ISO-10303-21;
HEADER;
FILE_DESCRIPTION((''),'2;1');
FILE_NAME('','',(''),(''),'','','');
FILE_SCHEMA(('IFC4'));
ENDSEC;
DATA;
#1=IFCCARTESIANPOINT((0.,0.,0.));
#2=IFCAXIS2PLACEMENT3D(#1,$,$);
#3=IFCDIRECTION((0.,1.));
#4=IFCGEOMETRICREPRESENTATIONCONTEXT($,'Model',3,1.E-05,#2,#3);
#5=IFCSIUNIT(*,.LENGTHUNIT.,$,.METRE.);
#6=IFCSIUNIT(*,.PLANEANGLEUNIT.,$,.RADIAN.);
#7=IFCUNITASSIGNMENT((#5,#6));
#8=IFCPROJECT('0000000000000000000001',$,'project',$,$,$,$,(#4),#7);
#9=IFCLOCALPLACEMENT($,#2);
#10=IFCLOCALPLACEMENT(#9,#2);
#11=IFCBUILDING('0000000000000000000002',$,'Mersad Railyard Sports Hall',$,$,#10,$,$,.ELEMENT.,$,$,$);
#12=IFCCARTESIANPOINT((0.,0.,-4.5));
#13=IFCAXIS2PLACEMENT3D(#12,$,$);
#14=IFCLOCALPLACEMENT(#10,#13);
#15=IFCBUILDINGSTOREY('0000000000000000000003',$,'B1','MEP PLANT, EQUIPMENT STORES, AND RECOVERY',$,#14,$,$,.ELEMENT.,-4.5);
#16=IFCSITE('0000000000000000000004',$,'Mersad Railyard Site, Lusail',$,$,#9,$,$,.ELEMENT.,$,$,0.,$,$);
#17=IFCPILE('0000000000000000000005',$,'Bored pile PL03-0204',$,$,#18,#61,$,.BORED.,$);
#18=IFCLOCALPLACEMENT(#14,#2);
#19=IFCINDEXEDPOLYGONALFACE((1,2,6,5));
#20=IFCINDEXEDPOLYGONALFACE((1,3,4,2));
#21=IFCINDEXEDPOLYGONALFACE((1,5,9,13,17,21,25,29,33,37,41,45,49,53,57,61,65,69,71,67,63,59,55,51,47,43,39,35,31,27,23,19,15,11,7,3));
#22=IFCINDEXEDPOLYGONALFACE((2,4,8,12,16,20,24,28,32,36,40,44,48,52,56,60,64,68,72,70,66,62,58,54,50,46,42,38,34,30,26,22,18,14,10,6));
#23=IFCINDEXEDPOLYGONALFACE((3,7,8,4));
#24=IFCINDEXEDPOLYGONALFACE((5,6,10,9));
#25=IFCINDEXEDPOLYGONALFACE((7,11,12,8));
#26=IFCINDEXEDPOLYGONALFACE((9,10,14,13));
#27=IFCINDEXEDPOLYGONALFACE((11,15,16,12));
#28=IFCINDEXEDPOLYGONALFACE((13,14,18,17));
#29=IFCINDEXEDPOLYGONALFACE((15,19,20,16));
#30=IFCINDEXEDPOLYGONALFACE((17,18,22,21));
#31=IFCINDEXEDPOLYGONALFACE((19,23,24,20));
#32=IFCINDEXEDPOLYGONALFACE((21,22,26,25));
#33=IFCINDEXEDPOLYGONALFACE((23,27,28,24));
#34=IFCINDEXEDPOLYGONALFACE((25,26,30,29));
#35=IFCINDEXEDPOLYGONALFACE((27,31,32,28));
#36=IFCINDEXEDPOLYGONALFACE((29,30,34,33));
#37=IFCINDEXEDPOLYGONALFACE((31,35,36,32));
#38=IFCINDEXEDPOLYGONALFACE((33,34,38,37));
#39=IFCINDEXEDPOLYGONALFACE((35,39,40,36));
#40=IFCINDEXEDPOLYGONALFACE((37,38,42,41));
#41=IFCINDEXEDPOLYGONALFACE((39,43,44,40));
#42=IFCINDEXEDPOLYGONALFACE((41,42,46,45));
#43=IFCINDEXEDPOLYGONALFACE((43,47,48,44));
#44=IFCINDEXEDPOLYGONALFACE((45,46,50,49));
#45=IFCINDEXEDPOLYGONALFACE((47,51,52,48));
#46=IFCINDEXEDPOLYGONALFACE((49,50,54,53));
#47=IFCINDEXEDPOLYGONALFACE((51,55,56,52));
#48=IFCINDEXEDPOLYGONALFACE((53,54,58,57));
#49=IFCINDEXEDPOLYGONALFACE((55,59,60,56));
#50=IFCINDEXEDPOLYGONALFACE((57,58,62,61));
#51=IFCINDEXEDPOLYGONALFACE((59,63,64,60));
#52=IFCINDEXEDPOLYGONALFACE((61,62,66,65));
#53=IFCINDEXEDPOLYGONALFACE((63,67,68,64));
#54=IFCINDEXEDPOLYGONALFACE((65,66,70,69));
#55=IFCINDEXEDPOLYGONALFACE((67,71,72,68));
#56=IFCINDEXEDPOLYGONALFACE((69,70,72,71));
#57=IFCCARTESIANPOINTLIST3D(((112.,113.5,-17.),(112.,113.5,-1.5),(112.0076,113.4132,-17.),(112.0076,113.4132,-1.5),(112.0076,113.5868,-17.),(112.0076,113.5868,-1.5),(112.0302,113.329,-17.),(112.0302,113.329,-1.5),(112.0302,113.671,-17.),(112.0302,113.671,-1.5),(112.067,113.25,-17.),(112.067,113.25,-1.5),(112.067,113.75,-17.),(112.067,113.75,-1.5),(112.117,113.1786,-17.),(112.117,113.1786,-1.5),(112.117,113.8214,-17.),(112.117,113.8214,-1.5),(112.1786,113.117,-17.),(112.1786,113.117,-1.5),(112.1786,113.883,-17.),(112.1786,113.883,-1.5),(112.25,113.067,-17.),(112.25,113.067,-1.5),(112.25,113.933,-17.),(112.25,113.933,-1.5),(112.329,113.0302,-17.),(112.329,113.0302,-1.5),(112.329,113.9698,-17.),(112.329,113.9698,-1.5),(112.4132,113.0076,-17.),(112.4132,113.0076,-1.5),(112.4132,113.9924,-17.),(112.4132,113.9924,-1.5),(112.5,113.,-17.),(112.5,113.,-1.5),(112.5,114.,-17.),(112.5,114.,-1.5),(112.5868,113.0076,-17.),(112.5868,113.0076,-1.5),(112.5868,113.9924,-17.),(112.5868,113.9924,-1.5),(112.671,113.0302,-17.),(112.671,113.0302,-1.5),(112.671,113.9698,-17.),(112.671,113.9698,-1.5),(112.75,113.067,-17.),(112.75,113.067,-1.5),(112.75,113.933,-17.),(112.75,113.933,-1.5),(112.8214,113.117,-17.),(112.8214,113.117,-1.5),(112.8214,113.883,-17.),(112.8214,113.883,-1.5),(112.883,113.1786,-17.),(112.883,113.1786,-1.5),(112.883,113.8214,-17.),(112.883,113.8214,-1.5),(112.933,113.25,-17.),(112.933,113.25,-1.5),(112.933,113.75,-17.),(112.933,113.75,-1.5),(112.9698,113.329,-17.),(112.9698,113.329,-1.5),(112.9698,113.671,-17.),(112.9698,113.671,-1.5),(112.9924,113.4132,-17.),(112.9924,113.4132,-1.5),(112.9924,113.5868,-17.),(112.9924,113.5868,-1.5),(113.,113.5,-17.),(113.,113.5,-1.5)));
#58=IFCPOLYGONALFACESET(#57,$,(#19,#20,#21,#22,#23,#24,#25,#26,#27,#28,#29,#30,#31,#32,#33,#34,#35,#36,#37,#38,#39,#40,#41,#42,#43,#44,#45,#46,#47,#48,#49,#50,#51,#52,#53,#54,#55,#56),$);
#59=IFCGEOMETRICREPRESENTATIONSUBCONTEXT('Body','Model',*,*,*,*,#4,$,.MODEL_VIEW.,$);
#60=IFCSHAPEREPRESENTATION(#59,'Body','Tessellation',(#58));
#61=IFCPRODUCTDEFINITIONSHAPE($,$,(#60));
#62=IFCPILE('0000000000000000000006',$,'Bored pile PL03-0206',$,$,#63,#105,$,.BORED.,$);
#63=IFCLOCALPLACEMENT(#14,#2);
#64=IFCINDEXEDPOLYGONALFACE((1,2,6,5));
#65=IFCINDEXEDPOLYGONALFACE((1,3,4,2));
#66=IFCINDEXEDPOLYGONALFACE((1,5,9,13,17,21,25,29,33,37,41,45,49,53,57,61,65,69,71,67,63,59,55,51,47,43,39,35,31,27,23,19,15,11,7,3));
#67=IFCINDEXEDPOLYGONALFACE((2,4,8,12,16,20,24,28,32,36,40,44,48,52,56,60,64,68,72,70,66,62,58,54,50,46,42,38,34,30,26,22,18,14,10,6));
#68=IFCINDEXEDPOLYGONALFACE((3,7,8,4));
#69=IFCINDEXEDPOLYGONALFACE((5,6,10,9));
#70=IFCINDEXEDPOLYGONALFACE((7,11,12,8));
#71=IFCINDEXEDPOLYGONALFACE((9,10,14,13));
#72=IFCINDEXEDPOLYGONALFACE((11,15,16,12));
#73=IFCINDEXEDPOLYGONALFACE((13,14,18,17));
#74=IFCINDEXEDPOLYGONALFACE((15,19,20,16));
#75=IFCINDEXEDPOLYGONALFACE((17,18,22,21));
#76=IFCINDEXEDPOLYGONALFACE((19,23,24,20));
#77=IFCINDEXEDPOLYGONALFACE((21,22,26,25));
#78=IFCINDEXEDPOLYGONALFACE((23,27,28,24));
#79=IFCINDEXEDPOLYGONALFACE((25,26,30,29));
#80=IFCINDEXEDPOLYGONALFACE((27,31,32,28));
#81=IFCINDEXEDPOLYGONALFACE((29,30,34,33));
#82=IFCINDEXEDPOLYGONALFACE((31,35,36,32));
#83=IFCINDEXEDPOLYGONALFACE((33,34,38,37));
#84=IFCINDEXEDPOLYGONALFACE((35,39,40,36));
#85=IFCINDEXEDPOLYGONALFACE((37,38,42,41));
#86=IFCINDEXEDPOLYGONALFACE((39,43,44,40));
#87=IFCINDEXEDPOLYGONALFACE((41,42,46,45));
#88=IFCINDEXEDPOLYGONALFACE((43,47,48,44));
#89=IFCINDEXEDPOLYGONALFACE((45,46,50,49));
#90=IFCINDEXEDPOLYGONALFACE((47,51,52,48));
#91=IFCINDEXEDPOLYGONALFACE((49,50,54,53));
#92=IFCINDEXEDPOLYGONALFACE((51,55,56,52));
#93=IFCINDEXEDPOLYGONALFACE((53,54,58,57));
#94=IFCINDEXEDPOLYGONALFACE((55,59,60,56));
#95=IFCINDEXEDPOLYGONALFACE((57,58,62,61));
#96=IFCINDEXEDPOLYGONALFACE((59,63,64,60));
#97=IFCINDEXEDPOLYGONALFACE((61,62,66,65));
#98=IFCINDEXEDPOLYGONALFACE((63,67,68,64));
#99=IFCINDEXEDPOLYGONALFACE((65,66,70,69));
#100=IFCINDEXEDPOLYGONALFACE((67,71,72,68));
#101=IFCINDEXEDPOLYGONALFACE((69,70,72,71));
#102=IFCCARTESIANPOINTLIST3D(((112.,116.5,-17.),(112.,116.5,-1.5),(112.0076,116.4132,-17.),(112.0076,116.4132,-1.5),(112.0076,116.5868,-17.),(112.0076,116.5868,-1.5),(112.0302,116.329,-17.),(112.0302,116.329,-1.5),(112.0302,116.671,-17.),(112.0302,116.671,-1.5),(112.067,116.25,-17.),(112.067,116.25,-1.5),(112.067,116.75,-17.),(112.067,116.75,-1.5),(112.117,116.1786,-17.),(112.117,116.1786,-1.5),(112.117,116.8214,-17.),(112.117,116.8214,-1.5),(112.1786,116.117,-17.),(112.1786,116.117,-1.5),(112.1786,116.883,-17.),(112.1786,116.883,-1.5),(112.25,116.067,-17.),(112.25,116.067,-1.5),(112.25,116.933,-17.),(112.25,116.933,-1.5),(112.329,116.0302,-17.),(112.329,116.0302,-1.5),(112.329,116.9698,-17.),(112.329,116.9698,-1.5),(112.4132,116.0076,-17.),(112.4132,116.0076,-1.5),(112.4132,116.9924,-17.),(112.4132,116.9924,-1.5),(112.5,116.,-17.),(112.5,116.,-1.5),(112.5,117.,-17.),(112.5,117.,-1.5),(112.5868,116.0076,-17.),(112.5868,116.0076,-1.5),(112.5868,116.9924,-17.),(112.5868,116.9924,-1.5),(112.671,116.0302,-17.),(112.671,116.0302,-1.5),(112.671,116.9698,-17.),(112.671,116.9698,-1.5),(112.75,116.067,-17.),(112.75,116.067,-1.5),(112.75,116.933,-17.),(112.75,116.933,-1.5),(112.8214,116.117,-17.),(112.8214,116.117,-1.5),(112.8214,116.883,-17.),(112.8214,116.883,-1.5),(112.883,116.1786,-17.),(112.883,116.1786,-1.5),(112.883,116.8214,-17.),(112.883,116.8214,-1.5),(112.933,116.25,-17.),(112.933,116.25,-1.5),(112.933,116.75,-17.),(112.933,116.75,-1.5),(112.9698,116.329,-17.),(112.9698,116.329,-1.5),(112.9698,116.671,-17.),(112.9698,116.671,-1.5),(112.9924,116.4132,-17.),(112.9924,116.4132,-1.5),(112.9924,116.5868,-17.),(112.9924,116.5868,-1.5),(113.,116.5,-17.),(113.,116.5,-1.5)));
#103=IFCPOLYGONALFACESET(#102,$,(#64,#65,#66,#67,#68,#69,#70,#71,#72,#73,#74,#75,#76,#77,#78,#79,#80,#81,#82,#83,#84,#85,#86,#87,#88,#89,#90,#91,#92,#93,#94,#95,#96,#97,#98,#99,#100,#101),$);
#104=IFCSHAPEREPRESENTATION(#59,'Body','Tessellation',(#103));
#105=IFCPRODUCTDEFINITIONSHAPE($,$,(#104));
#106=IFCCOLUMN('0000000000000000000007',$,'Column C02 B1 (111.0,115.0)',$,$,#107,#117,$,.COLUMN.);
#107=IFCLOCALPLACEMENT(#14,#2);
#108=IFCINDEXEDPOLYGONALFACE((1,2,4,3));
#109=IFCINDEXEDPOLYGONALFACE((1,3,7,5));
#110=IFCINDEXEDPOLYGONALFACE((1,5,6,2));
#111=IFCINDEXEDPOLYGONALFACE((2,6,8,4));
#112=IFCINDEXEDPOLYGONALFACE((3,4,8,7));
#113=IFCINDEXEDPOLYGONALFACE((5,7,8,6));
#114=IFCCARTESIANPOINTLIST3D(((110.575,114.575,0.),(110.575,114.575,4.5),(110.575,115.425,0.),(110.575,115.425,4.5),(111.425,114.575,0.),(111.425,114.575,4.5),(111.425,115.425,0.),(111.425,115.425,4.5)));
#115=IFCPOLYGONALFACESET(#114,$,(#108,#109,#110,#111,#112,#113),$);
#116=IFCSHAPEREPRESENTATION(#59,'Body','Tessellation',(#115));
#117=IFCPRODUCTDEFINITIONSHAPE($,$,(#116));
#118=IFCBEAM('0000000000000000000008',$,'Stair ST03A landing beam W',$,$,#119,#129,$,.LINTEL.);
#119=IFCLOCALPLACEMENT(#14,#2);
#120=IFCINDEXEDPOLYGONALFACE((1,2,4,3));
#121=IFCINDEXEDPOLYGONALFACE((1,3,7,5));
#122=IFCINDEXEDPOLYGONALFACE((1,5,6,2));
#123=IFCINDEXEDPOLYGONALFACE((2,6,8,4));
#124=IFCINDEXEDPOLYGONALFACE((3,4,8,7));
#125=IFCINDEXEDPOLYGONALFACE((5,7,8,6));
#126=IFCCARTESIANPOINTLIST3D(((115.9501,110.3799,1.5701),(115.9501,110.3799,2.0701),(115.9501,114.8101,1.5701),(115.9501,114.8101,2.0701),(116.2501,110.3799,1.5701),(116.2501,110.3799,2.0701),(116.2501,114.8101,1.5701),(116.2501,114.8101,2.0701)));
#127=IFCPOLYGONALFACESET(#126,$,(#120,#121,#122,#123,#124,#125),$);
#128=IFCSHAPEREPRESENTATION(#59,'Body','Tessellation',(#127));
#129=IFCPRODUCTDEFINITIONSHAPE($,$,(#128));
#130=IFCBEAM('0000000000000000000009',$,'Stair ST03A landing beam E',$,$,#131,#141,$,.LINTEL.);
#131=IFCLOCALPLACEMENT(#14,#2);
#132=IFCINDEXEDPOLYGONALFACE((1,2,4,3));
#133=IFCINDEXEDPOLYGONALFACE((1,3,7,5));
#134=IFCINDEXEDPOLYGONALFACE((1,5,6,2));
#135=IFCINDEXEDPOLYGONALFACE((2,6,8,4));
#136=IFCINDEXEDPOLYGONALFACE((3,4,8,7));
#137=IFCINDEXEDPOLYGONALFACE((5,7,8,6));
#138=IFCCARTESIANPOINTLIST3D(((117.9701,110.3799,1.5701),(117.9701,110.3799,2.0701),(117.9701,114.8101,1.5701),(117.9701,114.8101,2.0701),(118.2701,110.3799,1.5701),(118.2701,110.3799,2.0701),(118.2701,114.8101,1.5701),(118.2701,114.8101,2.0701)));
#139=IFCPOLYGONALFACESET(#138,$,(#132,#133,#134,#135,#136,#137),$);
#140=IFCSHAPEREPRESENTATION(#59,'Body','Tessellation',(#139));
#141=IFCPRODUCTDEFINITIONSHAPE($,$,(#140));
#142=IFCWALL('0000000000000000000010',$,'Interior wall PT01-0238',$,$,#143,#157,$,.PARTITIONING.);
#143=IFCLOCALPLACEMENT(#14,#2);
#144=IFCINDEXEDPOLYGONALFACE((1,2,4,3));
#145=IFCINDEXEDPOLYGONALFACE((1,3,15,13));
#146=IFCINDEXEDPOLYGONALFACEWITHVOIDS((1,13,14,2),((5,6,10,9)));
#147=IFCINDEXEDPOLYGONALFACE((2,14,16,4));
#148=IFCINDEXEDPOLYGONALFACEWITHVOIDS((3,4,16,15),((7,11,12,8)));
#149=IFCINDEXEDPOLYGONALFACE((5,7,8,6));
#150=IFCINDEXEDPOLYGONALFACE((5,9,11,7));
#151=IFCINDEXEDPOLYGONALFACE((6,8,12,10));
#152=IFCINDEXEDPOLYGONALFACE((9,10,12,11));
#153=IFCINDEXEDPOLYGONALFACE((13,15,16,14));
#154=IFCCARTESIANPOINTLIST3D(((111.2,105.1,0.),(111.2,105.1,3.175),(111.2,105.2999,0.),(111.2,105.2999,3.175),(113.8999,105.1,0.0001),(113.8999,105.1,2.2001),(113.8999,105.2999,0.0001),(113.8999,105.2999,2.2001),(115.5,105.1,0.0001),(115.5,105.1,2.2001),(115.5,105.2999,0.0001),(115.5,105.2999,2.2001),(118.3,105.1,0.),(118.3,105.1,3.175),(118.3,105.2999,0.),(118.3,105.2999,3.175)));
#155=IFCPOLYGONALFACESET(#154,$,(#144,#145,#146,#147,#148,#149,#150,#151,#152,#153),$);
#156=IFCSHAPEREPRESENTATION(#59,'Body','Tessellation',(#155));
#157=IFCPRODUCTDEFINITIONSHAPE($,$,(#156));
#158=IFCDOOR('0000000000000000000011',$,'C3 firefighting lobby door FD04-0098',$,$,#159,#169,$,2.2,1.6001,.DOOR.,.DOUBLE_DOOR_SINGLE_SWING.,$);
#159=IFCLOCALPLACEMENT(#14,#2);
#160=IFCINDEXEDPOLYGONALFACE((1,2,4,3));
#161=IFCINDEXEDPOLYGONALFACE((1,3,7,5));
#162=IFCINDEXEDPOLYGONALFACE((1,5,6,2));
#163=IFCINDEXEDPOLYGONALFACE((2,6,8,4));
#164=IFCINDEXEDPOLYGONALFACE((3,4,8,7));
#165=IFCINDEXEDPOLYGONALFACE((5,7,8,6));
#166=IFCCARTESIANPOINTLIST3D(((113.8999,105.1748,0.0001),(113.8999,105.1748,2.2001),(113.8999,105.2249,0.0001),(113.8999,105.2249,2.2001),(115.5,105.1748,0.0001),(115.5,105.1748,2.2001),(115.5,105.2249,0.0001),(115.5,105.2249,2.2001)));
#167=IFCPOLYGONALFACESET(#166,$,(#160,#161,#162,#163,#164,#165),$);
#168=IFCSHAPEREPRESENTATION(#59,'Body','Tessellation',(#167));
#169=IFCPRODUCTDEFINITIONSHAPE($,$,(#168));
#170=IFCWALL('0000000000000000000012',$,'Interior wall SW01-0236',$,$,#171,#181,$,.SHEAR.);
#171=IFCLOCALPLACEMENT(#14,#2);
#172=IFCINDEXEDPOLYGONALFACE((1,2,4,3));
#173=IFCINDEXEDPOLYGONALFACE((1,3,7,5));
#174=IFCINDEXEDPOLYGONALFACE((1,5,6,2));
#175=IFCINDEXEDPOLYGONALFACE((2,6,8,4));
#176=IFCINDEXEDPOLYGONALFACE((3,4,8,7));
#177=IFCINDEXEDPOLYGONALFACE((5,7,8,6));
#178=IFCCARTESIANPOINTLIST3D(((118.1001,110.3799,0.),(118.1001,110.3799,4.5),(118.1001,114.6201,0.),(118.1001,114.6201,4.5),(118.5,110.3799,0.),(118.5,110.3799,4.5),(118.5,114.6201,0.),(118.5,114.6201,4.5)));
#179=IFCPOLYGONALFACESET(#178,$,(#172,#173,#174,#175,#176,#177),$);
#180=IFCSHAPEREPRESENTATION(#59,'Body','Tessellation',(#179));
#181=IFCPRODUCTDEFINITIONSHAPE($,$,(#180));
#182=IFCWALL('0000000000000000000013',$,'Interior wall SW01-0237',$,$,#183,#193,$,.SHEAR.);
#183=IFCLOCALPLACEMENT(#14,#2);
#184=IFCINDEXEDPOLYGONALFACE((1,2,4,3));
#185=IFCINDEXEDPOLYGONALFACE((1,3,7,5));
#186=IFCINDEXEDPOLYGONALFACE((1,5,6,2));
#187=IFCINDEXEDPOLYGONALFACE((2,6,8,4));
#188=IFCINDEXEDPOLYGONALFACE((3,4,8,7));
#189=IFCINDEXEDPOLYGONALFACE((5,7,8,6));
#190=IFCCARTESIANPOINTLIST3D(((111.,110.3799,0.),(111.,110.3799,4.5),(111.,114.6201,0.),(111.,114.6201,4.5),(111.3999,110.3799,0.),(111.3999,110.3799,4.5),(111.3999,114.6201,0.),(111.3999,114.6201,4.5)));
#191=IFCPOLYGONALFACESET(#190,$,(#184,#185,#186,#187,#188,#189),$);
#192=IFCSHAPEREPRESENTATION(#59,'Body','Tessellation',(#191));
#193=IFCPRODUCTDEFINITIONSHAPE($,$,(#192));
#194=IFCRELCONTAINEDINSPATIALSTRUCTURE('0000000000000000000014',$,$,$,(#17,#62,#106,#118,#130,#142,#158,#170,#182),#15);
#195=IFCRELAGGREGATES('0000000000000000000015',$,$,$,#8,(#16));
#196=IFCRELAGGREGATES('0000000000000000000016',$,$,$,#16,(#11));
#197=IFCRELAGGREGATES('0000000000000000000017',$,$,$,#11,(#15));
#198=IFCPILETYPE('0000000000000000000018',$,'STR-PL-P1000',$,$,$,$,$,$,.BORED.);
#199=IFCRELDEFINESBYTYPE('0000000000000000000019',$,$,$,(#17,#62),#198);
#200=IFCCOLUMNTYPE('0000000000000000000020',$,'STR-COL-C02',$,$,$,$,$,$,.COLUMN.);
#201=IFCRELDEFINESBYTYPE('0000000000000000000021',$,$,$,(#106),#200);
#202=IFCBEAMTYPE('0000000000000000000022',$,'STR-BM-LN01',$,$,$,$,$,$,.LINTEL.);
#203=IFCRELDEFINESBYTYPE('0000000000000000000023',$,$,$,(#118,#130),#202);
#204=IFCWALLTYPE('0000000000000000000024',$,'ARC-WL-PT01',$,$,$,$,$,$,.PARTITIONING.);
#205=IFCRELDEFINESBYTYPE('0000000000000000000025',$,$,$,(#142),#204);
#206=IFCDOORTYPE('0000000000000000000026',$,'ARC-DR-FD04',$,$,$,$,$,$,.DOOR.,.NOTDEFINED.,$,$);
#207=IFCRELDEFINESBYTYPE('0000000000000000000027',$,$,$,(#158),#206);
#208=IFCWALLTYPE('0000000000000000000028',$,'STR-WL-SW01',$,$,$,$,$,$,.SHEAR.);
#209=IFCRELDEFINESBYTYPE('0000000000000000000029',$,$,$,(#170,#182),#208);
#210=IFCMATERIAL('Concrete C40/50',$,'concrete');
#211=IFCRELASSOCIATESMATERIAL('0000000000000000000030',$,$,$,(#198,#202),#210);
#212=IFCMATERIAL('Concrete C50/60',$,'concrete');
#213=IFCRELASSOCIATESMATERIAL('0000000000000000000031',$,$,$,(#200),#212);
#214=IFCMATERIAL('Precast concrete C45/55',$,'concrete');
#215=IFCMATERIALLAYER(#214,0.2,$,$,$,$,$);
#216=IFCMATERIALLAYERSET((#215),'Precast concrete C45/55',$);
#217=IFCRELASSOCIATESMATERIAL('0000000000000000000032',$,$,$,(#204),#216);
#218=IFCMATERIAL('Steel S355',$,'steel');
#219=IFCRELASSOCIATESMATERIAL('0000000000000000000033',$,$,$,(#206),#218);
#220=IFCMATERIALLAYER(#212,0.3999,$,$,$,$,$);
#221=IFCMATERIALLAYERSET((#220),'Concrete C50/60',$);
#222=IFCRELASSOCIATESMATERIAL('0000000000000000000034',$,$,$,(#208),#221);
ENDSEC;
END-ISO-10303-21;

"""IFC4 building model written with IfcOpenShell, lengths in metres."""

from ifc_helpers import new_model, si_unit, direction, frame, frame_2d, origin, origin_2d, place, context, subcontext, project, spatial, rectangle, circle, extrude, material, layer, layer_set, material_profile, profile_set, type_object, element, fill, save


model = new_model("IFC4")

# Units and contexts
model_context = context("Model", 3, precision=1e-05, world=origin(), true_north=direction((0.0, 1.0)))
body_context = subcontext(model_context, "Body", "Model", "MODEL_VIEW")
ifc_project = project(units=[si_unit("LENGTHUNIT", "METRE"), si_unit("PLANEANGLEUNIT", "RADIAN")], contexts=[model_context])

# Site, building, storey
site_placement = place(None, origin())
site = spatial("IfcSite", under=ifc_project, at=site_placement, Name="Mersad Railyard Site, Lusail", CompositionType="ELEMENT", RefElevation=0.0)
building_placement = place(site_placement, origin())
building = spatial("IfcBuilding", under=site, at=building_placement, Name="Mersad Railyard Sports Hall", CompositionType="ELEMENT")
storey_placement = place(building_placement, frame((0.0, 0.0, -4.5)))
storey = spatial("IfcBuildingStorey", under=building, at=storey_placement, Name="B1", Description="MEP PLANT, EQUIPMENT STORES, AND RECOVERY", CompositionType="ELEMENT", Elevation=-4.5)

# Piles
ifc_material_1 = material(Name="Concrete C40/50", Category="concrete")
ifc_material_profile_1 = material_profile(ifc_material_1, circle(Radius=0.5, at=origin_2d()), Name="BORED PILE D1000")
ifc_profile_set_1 = profile_set([ifc_material_profile_1], Name="Concrete C40/50")
pile_type = type_object("IfcPileType", Name="STR-PL-P1000", PredefinedType="BORED", material=ifc_profile_set_1)
for number, where, z_axis, x_axis, name in (
    (1, (112.5, 113.5, -1.5), (0.0, 0.0, -1.0), (1.0, 0.0, 0.0), "Bored pile PL03-0204"),
    (2, (112.5, 116.5, -1.5), (0.0, 0.0, -1.0), (1.0, 0.0, 0.0), "Bored pile PL03-0206"),
):
    element("IfcPile", number, at=place(storey_placement, frame(where, z_axis=z_axis, x_axis=x_axis)), inside=storey, type_object=pile_type, Name=name, PredefinedType="BORED", context=body_context, shape_type="SweptSolid", body=[
        extrude(circle(Radius=0.5, at=origin_2d()), origin(), (0.0, 0.0, 1.0), 15.5),
    ])

# Column
ifc_material_2 = material(Name="Concrete C50/60", Category="concrete")
ifc_material_profile_2 = material_profile(ifc_material_2, rectangle(XDim=0.8501, YDim=0.8501, at=origin_2d()), Name="RC 850x850")
ifc_profile_set_2 = profile_set([ifc_material_profile_2], Name="Concrete C50/60")
column_type = type_object("IfcColumnType", Name="STR-COL-C02", PredefinedType="COLUMN", material=ifc_profile_set_2)
column_placement = place(storey_placement, frame((111.0, 115.0, 0.0), z_axis=(0.0, 0.0, 1.0), x_axis=(1.0, 0.0, 0.0)))
element("IfcColumn", 3, at=column_placement, inside=storey, type_object=column_type, Name="Column C02 B1 (111.0,115.0)", PredefinedType="COLUMN", context=body_context, shape_type="SweptSolid", body=[
    extrude(rectangle(XDim=0.8501, YDim=0.8501, at=origin_2d()), origin(), (0.0, 0.0, 1.0), 4.5),
])

# Beams
ifc_material_profile_3 = material_profile(ifc_material_1, rectangle(XDim=0.3, YDim=0.5, at=origin_2d()), Name="RC 300x500")
ifc_profile_set_3 = profile_set([ifc_material_profile_3], Name="Concrete C40/50")
beam_type = type_object("IfcBeamType", Name="STR-BM-LN01", PredefinedType="LINTEL", material=ifc_profile_set_3)
for number, where, z_axis, x_axis, name in (
    (4, (116.1001, 110.3799, 1.8201), (0.0, 1.0, 0.0), (-1.0, 0.0, 0.0), "Stair ST03A landing beam W"),
    (5, (118.1201, 110.3799, 1.8201), (0.0, 1.0, 0.0), (-1.0, 0.0, 0.0), "Stair ST03A landing beam E"),
):
    element("IfcBeam", number, at=place(storey_placement, frame(where, z_axis=z_axis, x_axis=x_axis)), inside=storey, type_object=beam_type, Name=name, PredefinedType="LINTEL", context=body_context, shape_type="SweptSolid", body=[
        extrude(rectangle(XDim=0.3, YDim=0.5, at=origin_2d()), origin(), (0.0, 0.0, 1.0), 4.4302),
    ])

# Wall, opening, door
ifc_material_3 = material(Name="Precast concrete C45/55", Category="concrete")
ifc_layer_1 = layer(ifc_material_3, 0.2)
ifc_layer_set_1 = layer_set([ifc_layer_1], Name="Precast concrete C45/55")
wall_type_1 = type_object("IfcWallType", Name="ARC-WL-PT01", PredefinedType="PARTITIONING", material=ifc_layer_set_1)
wall_1_placement = place(storey_placement, frame((111.2, 105.2, 0.0), z_axis=(0.0, 0.0, 1.0), x_axis=(1.0, 0.0, 0.0)))
wall_1 = element("IfcWall", 6, at=wall_1_placement, inside=storey, type_object=wall_type_1, Name="Interior wall PT01-0238", PredefinedType="PARTITIONING", context=body_context, shape_type="SweptSolid", body=[
    extrude(rectangle(XDim=7.1001, YDim=0.2, at=frame_2d((3.55, 0.0))), origin(), (0.0, 0.0, 1.0), 3.175),
])
opening_1_placement = place(wall_1_placement, frame((2.7, 0.0, 0.0)))
opening_1 = element("IfcOpeningElement", 7, at=opening_1_placement, cuts=wall_1, PredefinedType="OPENING", context=body_context, shape_type="SweptSolid", body=[
    extrude(rectangle(XDim=1.6001, YDim=2.2, at=frame_2d((0.8, 1.1001))), frame((0.0, 0.1099, 0.0), z_axis=(0.0, -1.0, 0.0), x_axis=(1.0, 0.0, 0.0)), (0.0, 0.0, 1.0), 0.22),
])
ifc_material_4 = material(Name="Steel S355", Category="steel")
door_type_1 = type_object("IfcDoorType", Name="ARC-DR-FD04", OperationType="NOTDEFINED", PredefinedType="DOOR", material=ifc_material_4)
door_1_placement = place(opening_1_placement, origin())
door_1 = element("IfcDoor", 8, at=door_1_placement, inside=storey, type_object=door_type_1, Name="C3 firefighting lobby door FD04-0098", OperationType="DOUBLE_DOOR_SINGLE_SWING", OverallHeight=2.2, OverallWidth=1.6001, PredefinedType="DOOR", context=body_context, shape_type="SweptSolid", body=[
    extrude(rectangle(XDim=1.6001, YDim=2.2, at=frame_2d((0.8, 1.1001))), frame((0.0, 0.0249, 0.0), z_axis=(0.0, -1.0, 0.0), x_axis=(1.0, 0.0, 0.0)), (0.0, 0.0, 1.0), 0.05),
])
fill(opening_1, door_1)
ifc_layer_2 = layer(ifc_material_2, 0.3999)
ifc_layer_set_2 = layer_set([ifc_layer_2], Name="Concrete C50/60")
wall_type_2 = type_object("IfcWallType", Name="STR-WL-SW01", PredefinedType="SHEAR", material=ifc_layer_set_2)

# Walls
for number, where, z_axis, x_axis, name in (
    (9, (118.3, 110.3799, 0.0), (0.0, 0.0, 1.0), (0.0, 1.0, 0.0), "Interior wall SW01-0236"),
    (10, (111.2, 114.6201, 0.0), (0.0, 0.0, 1.0), (0.0, -1.0, 0.0), "Interior wall SW01-0237"),
):
    element("IfcWall", number, at=place(storey_placement, frame(where, z_axis=z_axis, x_axis=x_axis)), inside=storey, type_object=wall_type_2, Name=name, PredefinedType="SHEAR", context=body_context, shape_type="SweptSolid", body=[
        extrude(rectangle(XDim=4.2402, YDim=0.3999, at=frame_2d((2.1201, 0.0))), origin(), (0.0, 0.0, 1.0), 4.5),
    ])

save(model, "model.ifc")
